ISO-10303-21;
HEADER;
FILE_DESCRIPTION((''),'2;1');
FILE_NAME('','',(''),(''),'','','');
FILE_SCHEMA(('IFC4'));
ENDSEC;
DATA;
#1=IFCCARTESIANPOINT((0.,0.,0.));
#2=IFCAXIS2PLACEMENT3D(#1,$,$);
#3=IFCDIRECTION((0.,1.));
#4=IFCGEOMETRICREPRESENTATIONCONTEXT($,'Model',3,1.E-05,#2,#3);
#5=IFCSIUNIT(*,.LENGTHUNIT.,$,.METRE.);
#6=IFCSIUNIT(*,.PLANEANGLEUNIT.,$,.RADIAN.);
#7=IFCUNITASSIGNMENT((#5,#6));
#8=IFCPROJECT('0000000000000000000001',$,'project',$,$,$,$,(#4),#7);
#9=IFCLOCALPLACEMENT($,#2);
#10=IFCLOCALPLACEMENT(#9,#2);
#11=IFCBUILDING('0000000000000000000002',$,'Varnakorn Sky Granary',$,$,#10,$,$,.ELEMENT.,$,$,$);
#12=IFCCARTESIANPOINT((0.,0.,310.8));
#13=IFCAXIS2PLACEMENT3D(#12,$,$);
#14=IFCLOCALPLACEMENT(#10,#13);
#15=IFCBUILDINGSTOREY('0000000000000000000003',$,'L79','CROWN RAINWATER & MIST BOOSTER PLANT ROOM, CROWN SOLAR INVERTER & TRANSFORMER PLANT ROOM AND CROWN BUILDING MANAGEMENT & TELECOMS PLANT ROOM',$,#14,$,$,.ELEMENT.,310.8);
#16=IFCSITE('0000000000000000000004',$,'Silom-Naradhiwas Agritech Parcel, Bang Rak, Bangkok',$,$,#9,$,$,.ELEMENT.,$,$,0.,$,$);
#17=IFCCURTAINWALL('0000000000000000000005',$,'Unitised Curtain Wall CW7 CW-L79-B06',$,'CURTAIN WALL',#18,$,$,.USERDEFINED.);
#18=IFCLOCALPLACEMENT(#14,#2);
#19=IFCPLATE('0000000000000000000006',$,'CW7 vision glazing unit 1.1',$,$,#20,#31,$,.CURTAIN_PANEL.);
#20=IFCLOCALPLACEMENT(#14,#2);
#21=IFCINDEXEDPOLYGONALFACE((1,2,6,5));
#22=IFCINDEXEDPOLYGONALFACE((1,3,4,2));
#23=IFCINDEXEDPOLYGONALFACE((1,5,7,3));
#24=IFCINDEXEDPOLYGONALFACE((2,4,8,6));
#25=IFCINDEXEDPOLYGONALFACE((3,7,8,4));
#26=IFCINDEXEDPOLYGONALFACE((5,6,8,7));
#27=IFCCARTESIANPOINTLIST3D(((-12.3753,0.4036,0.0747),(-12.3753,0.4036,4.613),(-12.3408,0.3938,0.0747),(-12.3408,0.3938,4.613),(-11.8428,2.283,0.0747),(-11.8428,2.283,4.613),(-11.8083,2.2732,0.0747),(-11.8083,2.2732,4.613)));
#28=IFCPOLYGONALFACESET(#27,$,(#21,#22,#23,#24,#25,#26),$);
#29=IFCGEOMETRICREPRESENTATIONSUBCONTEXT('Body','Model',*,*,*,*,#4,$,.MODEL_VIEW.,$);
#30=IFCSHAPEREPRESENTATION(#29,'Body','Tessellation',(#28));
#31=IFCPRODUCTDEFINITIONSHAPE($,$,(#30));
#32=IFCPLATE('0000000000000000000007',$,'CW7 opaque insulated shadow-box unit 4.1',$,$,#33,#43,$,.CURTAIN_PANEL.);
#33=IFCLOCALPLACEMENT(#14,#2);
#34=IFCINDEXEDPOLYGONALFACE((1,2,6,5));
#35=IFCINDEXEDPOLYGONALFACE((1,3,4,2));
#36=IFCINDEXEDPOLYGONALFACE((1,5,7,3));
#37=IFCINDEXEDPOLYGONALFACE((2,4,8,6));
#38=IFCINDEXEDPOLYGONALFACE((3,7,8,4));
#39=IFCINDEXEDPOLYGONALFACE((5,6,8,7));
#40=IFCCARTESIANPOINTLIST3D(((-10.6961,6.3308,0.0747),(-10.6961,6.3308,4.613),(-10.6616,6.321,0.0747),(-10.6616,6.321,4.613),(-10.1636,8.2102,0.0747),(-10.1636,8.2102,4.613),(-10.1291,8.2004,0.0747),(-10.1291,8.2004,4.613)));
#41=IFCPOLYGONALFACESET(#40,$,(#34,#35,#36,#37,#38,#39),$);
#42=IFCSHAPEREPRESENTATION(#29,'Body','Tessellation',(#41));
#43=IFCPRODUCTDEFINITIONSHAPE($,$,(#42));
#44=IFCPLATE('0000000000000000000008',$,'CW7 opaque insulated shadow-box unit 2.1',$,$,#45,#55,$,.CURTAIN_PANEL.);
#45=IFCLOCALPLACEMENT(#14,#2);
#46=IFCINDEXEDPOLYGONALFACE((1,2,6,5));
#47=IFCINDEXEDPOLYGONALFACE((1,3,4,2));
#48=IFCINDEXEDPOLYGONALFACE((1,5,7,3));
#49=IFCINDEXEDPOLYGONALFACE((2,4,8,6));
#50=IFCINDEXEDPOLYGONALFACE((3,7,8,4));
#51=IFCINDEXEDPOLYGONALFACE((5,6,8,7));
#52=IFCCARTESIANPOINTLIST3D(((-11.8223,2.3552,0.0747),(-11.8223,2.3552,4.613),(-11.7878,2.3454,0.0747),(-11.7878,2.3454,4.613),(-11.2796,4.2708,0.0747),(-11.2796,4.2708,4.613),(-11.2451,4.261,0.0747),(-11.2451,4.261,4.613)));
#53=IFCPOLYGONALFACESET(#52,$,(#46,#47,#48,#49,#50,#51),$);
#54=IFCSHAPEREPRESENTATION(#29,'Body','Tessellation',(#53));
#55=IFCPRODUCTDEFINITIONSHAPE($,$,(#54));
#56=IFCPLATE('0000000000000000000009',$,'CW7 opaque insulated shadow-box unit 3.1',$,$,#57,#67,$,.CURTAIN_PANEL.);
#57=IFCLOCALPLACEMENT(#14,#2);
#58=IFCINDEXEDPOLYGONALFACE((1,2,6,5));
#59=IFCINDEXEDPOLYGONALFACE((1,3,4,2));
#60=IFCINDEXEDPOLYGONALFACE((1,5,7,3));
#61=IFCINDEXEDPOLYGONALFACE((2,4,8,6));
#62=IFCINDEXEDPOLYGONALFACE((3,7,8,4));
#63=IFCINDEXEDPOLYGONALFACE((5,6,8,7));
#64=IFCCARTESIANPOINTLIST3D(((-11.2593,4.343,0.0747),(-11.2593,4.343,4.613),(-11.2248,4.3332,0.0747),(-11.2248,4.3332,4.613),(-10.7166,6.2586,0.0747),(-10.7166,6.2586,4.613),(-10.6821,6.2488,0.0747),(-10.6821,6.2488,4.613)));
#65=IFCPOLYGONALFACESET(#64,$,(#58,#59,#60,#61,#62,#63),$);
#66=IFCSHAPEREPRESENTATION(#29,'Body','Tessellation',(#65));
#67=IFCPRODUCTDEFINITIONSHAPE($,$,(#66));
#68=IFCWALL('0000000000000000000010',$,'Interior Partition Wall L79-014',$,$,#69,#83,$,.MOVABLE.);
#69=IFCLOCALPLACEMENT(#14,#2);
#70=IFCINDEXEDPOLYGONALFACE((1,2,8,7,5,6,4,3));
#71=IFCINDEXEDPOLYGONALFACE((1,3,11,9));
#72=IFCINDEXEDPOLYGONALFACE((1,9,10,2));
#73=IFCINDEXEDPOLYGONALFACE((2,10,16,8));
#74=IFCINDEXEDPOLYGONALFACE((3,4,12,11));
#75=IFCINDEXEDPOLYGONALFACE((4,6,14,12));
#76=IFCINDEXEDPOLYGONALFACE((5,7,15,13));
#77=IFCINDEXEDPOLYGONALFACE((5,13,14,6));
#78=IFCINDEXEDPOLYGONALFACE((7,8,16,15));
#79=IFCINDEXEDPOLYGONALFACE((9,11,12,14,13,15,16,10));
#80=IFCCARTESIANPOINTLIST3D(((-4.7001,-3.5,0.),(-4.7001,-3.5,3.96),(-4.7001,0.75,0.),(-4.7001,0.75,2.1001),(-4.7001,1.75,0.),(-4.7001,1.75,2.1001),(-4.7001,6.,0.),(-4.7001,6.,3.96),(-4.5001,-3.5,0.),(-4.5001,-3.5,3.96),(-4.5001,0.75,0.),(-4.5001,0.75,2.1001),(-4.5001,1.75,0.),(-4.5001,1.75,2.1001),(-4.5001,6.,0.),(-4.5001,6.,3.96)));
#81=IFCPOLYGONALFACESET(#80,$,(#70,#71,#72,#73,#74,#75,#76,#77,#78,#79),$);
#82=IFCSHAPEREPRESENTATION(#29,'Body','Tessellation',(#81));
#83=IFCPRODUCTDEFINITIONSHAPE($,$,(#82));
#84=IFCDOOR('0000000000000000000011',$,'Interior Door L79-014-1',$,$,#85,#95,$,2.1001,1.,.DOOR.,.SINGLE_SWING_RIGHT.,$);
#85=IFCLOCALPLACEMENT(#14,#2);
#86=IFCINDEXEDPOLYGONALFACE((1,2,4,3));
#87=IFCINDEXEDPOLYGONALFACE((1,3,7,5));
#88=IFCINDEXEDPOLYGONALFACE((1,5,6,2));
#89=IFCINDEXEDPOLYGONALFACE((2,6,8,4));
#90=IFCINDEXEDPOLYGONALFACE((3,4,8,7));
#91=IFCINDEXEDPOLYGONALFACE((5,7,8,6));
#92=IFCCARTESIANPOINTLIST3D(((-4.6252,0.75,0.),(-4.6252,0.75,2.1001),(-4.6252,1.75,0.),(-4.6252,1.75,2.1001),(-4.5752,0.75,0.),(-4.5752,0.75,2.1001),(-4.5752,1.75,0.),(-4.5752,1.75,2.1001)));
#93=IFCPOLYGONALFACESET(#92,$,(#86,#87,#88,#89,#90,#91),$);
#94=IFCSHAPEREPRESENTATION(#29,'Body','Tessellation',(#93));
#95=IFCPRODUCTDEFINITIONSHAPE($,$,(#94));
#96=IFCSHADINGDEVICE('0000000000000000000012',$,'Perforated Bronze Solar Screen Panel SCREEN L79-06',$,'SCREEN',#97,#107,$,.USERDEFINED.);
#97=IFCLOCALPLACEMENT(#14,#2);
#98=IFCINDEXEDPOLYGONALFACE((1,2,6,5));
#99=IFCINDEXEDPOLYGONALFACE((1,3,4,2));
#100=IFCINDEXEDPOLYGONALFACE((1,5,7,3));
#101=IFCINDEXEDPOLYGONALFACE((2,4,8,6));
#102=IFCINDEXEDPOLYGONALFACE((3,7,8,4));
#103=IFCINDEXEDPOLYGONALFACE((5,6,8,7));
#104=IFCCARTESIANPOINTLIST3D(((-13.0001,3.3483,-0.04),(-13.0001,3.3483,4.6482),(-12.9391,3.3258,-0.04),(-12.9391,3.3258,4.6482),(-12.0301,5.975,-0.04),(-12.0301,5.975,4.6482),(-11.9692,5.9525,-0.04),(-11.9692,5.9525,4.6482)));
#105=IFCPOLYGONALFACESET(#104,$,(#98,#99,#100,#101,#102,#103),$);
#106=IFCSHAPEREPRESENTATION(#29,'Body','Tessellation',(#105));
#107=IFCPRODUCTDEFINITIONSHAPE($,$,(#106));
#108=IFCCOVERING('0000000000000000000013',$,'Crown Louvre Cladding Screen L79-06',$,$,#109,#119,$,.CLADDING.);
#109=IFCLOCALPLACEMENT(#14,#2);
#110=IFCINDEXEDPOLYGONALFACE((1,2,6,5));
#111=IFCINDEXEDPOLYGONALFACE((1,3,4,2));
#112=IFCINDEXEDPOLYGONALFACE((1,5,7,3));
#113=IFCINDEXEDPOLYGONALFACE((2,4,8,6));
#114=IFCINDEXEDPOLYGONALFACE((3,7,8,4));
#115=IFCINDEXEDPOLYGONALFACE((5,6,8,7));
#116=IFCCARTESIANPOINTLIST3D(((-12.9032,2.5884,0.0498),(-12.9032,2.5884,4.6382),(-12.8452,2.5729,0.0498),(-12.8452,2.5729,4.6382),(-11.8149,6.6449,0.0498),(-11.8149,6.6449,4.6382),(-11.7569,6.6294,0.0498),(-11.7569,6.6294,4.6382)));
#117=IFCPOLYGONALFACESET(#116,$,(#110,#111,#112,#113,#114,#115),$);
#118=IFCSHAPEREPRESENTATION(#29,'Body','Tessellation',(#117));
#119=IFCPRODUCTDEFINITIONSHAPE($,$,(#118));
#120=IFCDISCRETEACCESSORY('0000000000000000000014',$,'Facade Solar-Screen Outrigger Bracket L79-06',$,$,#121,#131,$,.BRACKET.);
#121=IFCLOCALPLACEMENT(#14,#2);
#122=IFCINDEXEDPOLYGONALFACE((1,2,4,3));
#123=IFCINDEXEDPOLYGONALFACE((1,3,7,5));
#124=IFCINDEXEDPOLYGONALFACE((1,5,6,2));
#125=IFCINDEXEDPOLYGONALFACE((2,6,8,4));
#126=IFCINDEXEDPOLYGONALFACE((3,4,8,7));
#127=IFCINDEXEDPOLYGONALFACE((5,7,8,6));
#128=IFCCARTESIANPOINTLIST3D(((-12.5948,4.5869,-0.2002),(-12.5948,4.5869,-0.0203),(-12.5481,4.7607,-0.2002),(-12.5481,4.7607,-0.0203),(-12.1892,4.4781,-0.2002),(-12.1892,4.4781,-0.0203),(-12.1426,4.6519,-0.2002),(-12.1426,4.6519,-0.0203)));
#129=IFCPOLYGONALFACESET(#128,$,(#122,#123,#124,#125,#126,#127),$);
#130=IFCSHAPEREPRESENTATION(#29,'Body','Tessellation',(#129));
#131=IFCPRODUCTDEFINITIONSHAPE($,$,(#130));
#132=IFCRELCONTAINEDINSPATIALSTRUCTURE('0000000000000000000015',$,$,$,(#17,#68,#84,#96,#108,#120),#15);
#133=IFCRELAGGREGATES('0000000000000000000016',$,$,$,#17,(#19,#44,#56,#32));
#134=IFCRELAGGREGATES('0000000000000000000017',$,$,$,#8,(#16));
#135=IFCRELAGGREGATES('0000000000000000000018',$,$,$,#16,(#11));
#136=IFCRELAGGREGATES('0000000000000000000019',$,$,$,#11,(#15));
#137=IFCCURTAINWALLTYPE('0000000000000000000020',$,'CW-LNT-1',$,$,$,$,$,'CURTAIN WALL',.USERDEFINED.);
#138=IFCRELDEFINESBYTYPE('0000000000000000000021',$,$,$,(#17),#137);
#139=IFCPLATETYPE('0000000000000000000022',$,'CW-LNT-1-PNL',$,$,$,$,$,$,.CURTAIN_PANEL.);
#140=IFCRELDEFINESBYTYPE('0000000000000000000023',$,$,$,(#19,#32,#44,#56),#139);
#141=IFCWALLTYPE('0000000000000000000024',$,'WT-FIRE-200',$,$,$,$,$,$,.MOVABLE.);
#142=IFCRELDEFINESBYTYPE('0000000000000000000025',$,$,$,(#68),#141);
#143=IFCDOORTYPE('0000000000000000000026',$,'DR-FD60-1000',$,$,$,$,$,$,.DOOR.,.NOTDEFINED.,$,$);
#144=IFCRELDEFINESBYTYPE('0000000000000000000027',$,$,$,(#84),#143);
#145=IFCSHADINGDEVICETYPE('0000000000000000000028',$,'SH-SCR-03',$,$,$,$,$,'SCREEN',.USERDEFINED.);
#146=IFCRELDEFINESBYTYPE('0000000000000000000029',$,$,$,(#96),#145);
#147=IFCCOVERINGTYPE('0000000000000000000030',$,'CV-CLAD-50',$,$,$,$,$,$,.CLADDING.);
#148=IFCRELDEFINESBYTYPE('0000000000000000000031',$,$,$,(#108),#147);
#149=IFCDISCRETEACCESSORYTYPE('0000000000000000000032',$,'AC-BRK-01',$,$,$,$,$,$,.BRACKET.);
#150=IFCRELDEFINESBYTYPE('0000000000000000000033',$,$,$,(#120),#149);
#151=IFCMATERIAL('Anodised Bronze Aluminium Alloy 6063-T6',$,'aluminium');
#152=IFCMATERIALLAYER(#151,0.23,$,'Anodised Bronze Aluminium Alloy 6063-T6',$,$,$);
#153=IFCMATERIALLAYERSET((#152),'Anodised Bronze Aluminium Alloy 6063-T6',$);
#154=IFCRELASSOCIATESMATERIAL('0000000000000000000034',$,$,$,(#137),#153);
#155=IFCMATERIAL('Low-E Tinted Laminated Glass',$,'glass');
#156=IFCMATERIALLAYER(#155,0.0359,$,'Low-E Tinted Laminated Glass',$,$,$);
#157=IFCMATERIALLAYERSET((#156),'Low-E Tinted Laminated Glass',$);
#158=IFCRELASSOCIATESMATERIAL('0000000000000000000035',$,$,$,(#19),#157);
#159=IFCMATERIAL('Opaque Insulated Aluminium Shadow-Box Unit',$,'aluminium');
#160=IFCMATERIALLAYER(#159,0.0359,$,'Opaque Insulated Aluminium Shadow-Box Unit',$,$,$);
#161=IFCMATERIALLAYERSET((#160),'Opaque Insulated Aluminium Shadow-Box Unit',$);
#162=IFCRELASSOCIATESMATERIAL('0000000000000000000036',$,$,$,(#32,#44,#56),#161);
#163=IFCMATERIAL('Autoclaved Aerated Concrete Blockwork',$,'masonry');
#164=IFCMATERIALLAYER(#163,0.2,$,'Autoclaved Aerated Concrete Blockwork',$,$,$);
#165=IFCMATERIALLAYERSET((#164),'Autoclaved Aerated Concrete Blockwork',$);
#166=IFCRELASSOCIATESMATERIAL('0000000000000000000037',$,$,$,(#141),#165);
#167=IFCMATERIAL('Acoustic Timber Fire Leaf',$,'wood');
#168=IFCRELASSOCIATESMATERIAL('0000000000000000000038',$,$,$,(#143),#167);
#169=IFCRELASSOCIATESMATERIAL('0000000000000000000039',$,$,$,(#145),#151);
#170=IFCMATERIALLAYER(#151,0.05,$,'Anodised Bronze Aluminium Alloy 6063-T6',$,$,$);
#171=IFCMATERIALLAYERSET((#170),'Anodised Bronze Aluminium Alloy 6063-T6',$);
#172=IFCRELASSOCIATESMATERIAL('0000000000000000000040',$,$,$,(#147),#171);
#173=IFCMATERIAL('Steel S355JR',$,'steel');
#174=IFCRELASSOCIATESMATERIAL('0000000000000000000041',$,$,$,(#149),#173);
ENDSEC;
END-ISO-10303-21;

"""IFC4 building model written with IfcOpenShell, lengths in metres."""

from ifc_helpers import new_model, si_unit, direction, frame, frame_2d, origin, origin_2d, place, context, subcontext, project, spatial, rectangle, extrude, source, transform, mapped, material, layer, layer_set, type_object, type_shapes, element, fill, aggregate, save


model = new_model("IFC4")

# Units and contexts
model_context = context("Model", 3, precision=1e-05, world=origin(), true_north=direction((0.0, 1.0)))
body_context = subcontext(model_context, "Body", "Model", "MODEL_VIEW")
ifc_project = project(units=[si_unit("LENGTHUNIT", "METRE"), si_unit("PLANEANGLEUNIT", "RADIAN")], contexts=[model_context])

# Site, building, storey
site_placement = place(None, origin())
site = spatial("IfcSite", under=ifc_project, at=site_placement, Name="Silom-Naradhiwas Agritech Parcel, Bang Rak, Bangkok", CompositionType="ELEMENT", RefElevation=0.0)
building_placement = place(site_placement, origin())
building = spatial("IfcBuilding", under=site, at=building_placement, Name="Varnakorn Sky Granary", CompositionType="ELEMENT")
storey_placement = place(building_placement, frame((0.0, 0.0, 310.8)))
storey = spatial("IfcBuildingStorey", under=building, at=storey_placement, Name="L79", Description="CROWN RAINWATER & MIST BOOSTER PLANT ROOM, CROWN SOLAR INVERTER & TRANSFORMER PLANT ROOM AND CROWN BUILDING MANAGEMENT & TELECOMS PLANT ROOM", CompositionType="ELEMENT", Elevation=310.8)

# Shared definitions
ifc_material_1 = material(Name="Steel S355JR", Category="steel")

# Shared definitions
ifc_material_2 = material(Name="Anodised Bronze Aluminium Alloy 6063-T6", Category="aluminium")
ifc_layer_1 = layer(ifc_material_2, 0.23, Name="Anodised Bronze Aluminium Alloy 6063-T6")
ifc_layer_set_1 = layer_set([ifc_layer_1], Name="Anodised Bronze Aluminium Alloy 6063-T6")
curtain_wall_type = type_object("IfcCurtainWallType", Name="CW-LNT-1", ElementType="CURTAIN WALL", PredefinedType="USERDEFINED", material=ifc_layer_set_1)

# Curtain wall
curtain_wall_1_placement = place(storey_placement, origin())
curtain_wall_1 = element("IfcCurtainWall", 1, at=curtain_wall_1_placement, inside=storey, type_object=curtain_wall_type, Name="Unitised Curtain Wall CW7 CW-L79-B06", ObjectType="CURTAIN WALL", PredefinedType="USERDEFINED")

# Plates
ifc_material_3 = material(Name="Low-E Tinted Laminated Glass", Category="glass")
ifc_layer_2 = layer(ifc_material_3, 0.0359, Name="Low-E Tinted Laminated Glass")
ifc_layer_set_2 = layer_set([ifc_layer_2], Name="Low-E Tinted Laminated Glass")
plate_type_1 = type_object("IfcPlateType", Name="CW-LNT-1-PNL", PredefinedType="CURTAIN_PANEL")
shared_shape_1 = source(origin(), body_context, "Body", "SweptSolid", [
    extrude(rectangle(XDim=1.9534, YDim=0.0359, at=origin_2d()), origin(), (0.0, 0.0, 1.0), 4.5383),
])
plate_1_placement = place(storey_placement, frame((-12.0918, 1.3384, 0.0747), z_axis=(0.0, 0.0, 1.0), x_axis=(0.272577, 0.962134, 0.0)))
plate_1 = element("IfcPlate", 2, at=plate_1_placement, type_object=plate_type_1, material=ifc_layer_set_2, Name="CW7 vision glazing unit 1.1", PredefinedType="CURTAIN_PANEL", context=body_context, shape_type="MappedRepresentation", body=[
    mapped(shared_shape_1, transform((0.0, 0.0, 0.0), x_axis=(1.0, 0.0, 0.0), y_axis=(0.0, 1.0, 0.0), z_axis=(0.0, 0.0, 1.0), scale=1.0)),
])
ifc_material_4 = material(Name="Opaque Insulated Aluminium Shadow-Box Unit", Category="aluminium")
ifc_layer_3 = layer(ifc_material_4, 0.0359, Name="Opaque Insulated Aluminium Shadow-Box Unit")
ifc_layer_set_3 = layer_set([ifc_layer_3], Name="Opaque Insulated Aluminium Shadow-Box Unit")
plate_2_placement = place(storey_placement, frame((-10.4126, 7.2656, 0.0747), z_axis=(0.0, 0.0, 1.0), x_axis=(0.272577, 0.962134, 0.0)))
plate_2 = element("IfcPlate", 3, at=plate_2_placement, type_object=plate_type_1, material=ifc_layer_set_3, Name="CW7 opaque insulated shadow-box unit 4.1", PredefinedType="CURTAIN_PANEL", context=body_context, shape_type="MappedRepresentation", body=[
    mapped(shared_shape_1, transform((0.0, 0.0, 0.0), x_axis=(1.0, 0.0, 0.0), y_axis=(0.0, 1.0, 0.0), z_axis=(0.0, 0.0, 1.0), scale=1.0)),
])
shared_shape_2 = source(origin(), body_context, "Body", "SweptSolid", [
    extrude(rectangle(XDim=1.991, YDim=0.0359, at=origin_2d()), origin(), (0.0, 0.0, 1.0), 4.5383),
])
type_shapes(plate_type_1, [shared_shape_1, shared_shape_2])
plate_3_placement = place(storey_placement, frame((-11.5337, 3.3081, 0.0747), z_axis=(0.0, 0.0, 1.0), x_axis=(0.272577, 0.962134, 0.0)))
plate_3 = element("IfcPlate", 4, at=plate_3_placement, type_object=plate_type_1, material=ifc_layer_set_3, Name="CW7 opaque insulated shadow-box unit 2.1", PredefinedType="CURTAIN_PANEL", context=body_context, shape_type="MappedRepresentation", body=[
    mapped(shared_shape_2, transform((0.0, 0.0, 0.0), x_axis=(1.0, 0.0, 0.0), y_axis=(0.0, 1.0, 0.0), z_axis=(0.0, 0.0, 1.0), scale=1.0)),
])
plate_4_placement = place(storey_placement, frame((-10.9707, 5.2959, 0.0747), z_axis=(0.0, 0.0, 1.0), x_axis=(0.272577, 0.962134, 0.0)))
plate_4 = element("IfcPlate", 5, at=plate_4_placement, type_object=plate_type_1, material=ifc_layer_set_3, Name="CW7 opaque insulated shadow-box unit 3.1", PredefinedType="CURTAIN_PANEL", context=body_context, shape_type="MappedRepresentation", body=[
    mapped(shared_shape_2, transform((0.0, 0.0, 0.0), x_axis=(1.0, 0.0, 0.0), y_axis=(0.0, 1.0, 0.0), z_axis=(0.0, 0.0, 1.0), scale=1.0)),
])
aggregate(curtain_wall_1, [plate_1, plate_3, plate_4, plate_2])

# Wall, opening, door
ifc_material_5 = material(Name="Autoclaved Aerated Concrete Blockwork", Category="masonry")
ifc_layer_4 = layer(ifc_material_5, 0.2, Name="Autoclaved Aerated Concrete Blockwork")
ifc_layer_set_4 = layer_set([ifc_layer_4], Name="Autoclaved Aerated Concrete Blockwork")
wall_type = type_object("IfcWallType", Name="WT-FIRE-200", PredefinedType="MOVABLE", material=ifc_layer_set_4)
wall_placement = place(storey_placement, frame((-4.6001, 6.0, 0.0), z_axis=(0.0, 0.0, 1.0), x_axis=(0.0, -1.0, 0.0)))
wall = element("IfcWall", 6, at=wall_placement, inside=storey, type_object=wall_type, Name="Interior Partition Wall L79-014", PredefinedType="MOVABLE", context=body_context, shape_type="SweptSolid", body=[
    extrude(rectangle(XDim=9.5, YDim=0.2, at=frame_2d((4.75, 0.0))), origin(), (0.0, 0.0, 1.0), 3.96),
])
opening_placement = place(wall_placement, frame((4.25, 0.0, 0.0)))
opening = element("IfcOpeningElement", 7, at=opening_placement, cuts=wall, PredefinedType="OPENING", context=body_context, shape_type="SweptSolid", body=[
    extrude(rectangle(XDim=1.0, YDim=2.1001, at=frame_2d((0.5, 1.05))), frame((0.0, 0.1099, 0.0), z_axis=(0.0, -1.0, 0.0), x_axis=(1.0, 0.0, 0.0)), (0.0, 0.0, 1.0), 0.22),
])
ifc_material_6 = material(Name="Acoustic Timber Fire Leaf", Category="wood")
door_type = type_object("IfcDoorType", Name="DR-FD60-1000", OperationType="NOTDEFINED", PredefinedType="DOOR", material=ifc_material_6)
door_placement = place(opening_placement, origin())
door = element("IfcDoor", 8, at=door_placement, inside=storey, type_object=door_type, Name="Interior Door L79-014-1", OperationType="SINGLE_SWING_RIGHT", OverallHeight=2.1001, OverallWidth=1.0, PredefinedType="DOOR", context=body_context, shape_type="SweptSolid", body=[
    extrude(rectangle(XDim=1.0, YDim=2.1001, at=frame_2d((0.5, 1.05))), frame((0.0, 0.0249, 0.0), z_axis=(0.0, -1.0, 0.0), x_axis=(1.0, 0.0, 0.0)), (0.0, 0.0, 1.0), 0.05),
])
fill(opening, door)

# Shading device
shading_device_type = type_object("IfcShadingDeviceType", Name="SH-SCR-03", ElementType="SCREEN", PredefinedType="USERDEFINED", material=ifc_material_2)
shared_shape_3 = source(origin(), body_context, "Body", "SweptSolid", [
    extrude(rectangle(XDim=2.8, YDim=0.0649, at=origin_2d()), origin(), (0.0, 0.0, 1.0), 4.6882),
])
type_shapes(shading_device_type, [shared_shape_3])
shading_device_placement = place(storey_placement, frame((-12.4846, 4.6504, -0.04), z_axis=(0.0, 0.0, 1.0), x_axis=(-0.346406, -0.938085, 0.0)))
element("IfcShadingDevice", 9, at=shading_device_placement, inside=storey, type_object=shading_device_type, Name="Perforated Bronze Solar Screen Panel SCREEN L79-06", ObjectType="SCREEN", PredefinedType="USERDEFINED", context=body_context, shape_type="MappedRepresentation", body=[
    mapped(shared_shape_3, transform((0.0, 0.0, 0.0), x_axis=(1.0, 0.0, 0.0), y_axis=(0.0, 1.0, 0.0), z_axis=(0.0, 0.0, 1.0), scale=1.0)),
])

# Covering
ifc_layer_5 = layer(ifc_material_2, 0.05, Name="Anodised Bronze Aluminium Alloy 6063-T6")
ifc_layer_set_5 = layer_set([ifc_layer_5], Name="Anodised Bronze Aluminium Alloy 6063-T6")
covering_type = type_object("IfcCoveringType", Name="CV-CLAD-50", PredefinedType="CLADDING", material=ifc_layer_set_5)
shared_shape_4 = source(origin(), body_context, "Body", "SweptSolid", [
    extrude(rectangle(XDim=4.2, YDim=0.0601, at=origin_2d()), origin(), (0.0, 0.0, 1.0), 4.5884),
])
type_shapes(covering_type, [shared_shape_4])
covering_placement = place(storey_placement, frame((-12.3301, 4.6089, 0.0498), z_axis=(0.0, 0.0, 1.0), x_axis=(-0.259116, -0.965846, 0.0)))
element("IfcCovering", 10, at=covering_placement, inside=storey, type_object=covering_type, Name="Crown Louvre Cladding Screen L79-06", PredefinedType="CLADDING", context=body_context, shape_type="MappedRepresentation", body=[
    mapped(shared_shape_4, transform((0.0, 0.0, 0.0), x_axis=(1.0, 0.0, 0.0), y_axis=(0.0, 1.0, 0.0), z_axis=(0.0, 0.0, 1.0), scale=1.0)),
])

# Discrete accessory
discrete_accessory_type = type_object("IfcDiscreteAccessoryType", Name="AC-BRK-01", PredefinedType="BRACKET", material=ifc_material_1)
shared_shape_5 = source(origin(), body_context, "Body", "SweptSolid", [
    extrude(rectangle(XDim=0.1799, YDim=0.4199, at=origin_2d()), origin(), (0.0, 0.0, 1.0), 0.1799),
])
type_shapes(discrete_accessory_type, [shared_shape_5])
discrete_accessory_placement = place(storey_placement, frame((-12.3687, 4.6194, -0.2002), z_axis=(0.0, 0.0, 1.0), x_axis=(-0.259116, -0.965846, 0.0)))
element("IfcDiscreteAccessory", 11, at=discrete_accessory_placement, inside=storey, type_object=discrete_accessory_type, Name="Facade Solar-Screen Outrigger Bracket L79-06", PredefinedType="BRACKET", context=body_context, shape_type="MappedRepresentation", body=[
    mapped(shared_shape_5, transform((0.0, 0.0, 0.0), x_axis=(1.0, 0.0, 0.0), y_axis=(0.0, 1.0, 0.0), z_axis=(0.0, 0.0, 1.0), scale=1.0)),
])

save(model, "model.ifc")
